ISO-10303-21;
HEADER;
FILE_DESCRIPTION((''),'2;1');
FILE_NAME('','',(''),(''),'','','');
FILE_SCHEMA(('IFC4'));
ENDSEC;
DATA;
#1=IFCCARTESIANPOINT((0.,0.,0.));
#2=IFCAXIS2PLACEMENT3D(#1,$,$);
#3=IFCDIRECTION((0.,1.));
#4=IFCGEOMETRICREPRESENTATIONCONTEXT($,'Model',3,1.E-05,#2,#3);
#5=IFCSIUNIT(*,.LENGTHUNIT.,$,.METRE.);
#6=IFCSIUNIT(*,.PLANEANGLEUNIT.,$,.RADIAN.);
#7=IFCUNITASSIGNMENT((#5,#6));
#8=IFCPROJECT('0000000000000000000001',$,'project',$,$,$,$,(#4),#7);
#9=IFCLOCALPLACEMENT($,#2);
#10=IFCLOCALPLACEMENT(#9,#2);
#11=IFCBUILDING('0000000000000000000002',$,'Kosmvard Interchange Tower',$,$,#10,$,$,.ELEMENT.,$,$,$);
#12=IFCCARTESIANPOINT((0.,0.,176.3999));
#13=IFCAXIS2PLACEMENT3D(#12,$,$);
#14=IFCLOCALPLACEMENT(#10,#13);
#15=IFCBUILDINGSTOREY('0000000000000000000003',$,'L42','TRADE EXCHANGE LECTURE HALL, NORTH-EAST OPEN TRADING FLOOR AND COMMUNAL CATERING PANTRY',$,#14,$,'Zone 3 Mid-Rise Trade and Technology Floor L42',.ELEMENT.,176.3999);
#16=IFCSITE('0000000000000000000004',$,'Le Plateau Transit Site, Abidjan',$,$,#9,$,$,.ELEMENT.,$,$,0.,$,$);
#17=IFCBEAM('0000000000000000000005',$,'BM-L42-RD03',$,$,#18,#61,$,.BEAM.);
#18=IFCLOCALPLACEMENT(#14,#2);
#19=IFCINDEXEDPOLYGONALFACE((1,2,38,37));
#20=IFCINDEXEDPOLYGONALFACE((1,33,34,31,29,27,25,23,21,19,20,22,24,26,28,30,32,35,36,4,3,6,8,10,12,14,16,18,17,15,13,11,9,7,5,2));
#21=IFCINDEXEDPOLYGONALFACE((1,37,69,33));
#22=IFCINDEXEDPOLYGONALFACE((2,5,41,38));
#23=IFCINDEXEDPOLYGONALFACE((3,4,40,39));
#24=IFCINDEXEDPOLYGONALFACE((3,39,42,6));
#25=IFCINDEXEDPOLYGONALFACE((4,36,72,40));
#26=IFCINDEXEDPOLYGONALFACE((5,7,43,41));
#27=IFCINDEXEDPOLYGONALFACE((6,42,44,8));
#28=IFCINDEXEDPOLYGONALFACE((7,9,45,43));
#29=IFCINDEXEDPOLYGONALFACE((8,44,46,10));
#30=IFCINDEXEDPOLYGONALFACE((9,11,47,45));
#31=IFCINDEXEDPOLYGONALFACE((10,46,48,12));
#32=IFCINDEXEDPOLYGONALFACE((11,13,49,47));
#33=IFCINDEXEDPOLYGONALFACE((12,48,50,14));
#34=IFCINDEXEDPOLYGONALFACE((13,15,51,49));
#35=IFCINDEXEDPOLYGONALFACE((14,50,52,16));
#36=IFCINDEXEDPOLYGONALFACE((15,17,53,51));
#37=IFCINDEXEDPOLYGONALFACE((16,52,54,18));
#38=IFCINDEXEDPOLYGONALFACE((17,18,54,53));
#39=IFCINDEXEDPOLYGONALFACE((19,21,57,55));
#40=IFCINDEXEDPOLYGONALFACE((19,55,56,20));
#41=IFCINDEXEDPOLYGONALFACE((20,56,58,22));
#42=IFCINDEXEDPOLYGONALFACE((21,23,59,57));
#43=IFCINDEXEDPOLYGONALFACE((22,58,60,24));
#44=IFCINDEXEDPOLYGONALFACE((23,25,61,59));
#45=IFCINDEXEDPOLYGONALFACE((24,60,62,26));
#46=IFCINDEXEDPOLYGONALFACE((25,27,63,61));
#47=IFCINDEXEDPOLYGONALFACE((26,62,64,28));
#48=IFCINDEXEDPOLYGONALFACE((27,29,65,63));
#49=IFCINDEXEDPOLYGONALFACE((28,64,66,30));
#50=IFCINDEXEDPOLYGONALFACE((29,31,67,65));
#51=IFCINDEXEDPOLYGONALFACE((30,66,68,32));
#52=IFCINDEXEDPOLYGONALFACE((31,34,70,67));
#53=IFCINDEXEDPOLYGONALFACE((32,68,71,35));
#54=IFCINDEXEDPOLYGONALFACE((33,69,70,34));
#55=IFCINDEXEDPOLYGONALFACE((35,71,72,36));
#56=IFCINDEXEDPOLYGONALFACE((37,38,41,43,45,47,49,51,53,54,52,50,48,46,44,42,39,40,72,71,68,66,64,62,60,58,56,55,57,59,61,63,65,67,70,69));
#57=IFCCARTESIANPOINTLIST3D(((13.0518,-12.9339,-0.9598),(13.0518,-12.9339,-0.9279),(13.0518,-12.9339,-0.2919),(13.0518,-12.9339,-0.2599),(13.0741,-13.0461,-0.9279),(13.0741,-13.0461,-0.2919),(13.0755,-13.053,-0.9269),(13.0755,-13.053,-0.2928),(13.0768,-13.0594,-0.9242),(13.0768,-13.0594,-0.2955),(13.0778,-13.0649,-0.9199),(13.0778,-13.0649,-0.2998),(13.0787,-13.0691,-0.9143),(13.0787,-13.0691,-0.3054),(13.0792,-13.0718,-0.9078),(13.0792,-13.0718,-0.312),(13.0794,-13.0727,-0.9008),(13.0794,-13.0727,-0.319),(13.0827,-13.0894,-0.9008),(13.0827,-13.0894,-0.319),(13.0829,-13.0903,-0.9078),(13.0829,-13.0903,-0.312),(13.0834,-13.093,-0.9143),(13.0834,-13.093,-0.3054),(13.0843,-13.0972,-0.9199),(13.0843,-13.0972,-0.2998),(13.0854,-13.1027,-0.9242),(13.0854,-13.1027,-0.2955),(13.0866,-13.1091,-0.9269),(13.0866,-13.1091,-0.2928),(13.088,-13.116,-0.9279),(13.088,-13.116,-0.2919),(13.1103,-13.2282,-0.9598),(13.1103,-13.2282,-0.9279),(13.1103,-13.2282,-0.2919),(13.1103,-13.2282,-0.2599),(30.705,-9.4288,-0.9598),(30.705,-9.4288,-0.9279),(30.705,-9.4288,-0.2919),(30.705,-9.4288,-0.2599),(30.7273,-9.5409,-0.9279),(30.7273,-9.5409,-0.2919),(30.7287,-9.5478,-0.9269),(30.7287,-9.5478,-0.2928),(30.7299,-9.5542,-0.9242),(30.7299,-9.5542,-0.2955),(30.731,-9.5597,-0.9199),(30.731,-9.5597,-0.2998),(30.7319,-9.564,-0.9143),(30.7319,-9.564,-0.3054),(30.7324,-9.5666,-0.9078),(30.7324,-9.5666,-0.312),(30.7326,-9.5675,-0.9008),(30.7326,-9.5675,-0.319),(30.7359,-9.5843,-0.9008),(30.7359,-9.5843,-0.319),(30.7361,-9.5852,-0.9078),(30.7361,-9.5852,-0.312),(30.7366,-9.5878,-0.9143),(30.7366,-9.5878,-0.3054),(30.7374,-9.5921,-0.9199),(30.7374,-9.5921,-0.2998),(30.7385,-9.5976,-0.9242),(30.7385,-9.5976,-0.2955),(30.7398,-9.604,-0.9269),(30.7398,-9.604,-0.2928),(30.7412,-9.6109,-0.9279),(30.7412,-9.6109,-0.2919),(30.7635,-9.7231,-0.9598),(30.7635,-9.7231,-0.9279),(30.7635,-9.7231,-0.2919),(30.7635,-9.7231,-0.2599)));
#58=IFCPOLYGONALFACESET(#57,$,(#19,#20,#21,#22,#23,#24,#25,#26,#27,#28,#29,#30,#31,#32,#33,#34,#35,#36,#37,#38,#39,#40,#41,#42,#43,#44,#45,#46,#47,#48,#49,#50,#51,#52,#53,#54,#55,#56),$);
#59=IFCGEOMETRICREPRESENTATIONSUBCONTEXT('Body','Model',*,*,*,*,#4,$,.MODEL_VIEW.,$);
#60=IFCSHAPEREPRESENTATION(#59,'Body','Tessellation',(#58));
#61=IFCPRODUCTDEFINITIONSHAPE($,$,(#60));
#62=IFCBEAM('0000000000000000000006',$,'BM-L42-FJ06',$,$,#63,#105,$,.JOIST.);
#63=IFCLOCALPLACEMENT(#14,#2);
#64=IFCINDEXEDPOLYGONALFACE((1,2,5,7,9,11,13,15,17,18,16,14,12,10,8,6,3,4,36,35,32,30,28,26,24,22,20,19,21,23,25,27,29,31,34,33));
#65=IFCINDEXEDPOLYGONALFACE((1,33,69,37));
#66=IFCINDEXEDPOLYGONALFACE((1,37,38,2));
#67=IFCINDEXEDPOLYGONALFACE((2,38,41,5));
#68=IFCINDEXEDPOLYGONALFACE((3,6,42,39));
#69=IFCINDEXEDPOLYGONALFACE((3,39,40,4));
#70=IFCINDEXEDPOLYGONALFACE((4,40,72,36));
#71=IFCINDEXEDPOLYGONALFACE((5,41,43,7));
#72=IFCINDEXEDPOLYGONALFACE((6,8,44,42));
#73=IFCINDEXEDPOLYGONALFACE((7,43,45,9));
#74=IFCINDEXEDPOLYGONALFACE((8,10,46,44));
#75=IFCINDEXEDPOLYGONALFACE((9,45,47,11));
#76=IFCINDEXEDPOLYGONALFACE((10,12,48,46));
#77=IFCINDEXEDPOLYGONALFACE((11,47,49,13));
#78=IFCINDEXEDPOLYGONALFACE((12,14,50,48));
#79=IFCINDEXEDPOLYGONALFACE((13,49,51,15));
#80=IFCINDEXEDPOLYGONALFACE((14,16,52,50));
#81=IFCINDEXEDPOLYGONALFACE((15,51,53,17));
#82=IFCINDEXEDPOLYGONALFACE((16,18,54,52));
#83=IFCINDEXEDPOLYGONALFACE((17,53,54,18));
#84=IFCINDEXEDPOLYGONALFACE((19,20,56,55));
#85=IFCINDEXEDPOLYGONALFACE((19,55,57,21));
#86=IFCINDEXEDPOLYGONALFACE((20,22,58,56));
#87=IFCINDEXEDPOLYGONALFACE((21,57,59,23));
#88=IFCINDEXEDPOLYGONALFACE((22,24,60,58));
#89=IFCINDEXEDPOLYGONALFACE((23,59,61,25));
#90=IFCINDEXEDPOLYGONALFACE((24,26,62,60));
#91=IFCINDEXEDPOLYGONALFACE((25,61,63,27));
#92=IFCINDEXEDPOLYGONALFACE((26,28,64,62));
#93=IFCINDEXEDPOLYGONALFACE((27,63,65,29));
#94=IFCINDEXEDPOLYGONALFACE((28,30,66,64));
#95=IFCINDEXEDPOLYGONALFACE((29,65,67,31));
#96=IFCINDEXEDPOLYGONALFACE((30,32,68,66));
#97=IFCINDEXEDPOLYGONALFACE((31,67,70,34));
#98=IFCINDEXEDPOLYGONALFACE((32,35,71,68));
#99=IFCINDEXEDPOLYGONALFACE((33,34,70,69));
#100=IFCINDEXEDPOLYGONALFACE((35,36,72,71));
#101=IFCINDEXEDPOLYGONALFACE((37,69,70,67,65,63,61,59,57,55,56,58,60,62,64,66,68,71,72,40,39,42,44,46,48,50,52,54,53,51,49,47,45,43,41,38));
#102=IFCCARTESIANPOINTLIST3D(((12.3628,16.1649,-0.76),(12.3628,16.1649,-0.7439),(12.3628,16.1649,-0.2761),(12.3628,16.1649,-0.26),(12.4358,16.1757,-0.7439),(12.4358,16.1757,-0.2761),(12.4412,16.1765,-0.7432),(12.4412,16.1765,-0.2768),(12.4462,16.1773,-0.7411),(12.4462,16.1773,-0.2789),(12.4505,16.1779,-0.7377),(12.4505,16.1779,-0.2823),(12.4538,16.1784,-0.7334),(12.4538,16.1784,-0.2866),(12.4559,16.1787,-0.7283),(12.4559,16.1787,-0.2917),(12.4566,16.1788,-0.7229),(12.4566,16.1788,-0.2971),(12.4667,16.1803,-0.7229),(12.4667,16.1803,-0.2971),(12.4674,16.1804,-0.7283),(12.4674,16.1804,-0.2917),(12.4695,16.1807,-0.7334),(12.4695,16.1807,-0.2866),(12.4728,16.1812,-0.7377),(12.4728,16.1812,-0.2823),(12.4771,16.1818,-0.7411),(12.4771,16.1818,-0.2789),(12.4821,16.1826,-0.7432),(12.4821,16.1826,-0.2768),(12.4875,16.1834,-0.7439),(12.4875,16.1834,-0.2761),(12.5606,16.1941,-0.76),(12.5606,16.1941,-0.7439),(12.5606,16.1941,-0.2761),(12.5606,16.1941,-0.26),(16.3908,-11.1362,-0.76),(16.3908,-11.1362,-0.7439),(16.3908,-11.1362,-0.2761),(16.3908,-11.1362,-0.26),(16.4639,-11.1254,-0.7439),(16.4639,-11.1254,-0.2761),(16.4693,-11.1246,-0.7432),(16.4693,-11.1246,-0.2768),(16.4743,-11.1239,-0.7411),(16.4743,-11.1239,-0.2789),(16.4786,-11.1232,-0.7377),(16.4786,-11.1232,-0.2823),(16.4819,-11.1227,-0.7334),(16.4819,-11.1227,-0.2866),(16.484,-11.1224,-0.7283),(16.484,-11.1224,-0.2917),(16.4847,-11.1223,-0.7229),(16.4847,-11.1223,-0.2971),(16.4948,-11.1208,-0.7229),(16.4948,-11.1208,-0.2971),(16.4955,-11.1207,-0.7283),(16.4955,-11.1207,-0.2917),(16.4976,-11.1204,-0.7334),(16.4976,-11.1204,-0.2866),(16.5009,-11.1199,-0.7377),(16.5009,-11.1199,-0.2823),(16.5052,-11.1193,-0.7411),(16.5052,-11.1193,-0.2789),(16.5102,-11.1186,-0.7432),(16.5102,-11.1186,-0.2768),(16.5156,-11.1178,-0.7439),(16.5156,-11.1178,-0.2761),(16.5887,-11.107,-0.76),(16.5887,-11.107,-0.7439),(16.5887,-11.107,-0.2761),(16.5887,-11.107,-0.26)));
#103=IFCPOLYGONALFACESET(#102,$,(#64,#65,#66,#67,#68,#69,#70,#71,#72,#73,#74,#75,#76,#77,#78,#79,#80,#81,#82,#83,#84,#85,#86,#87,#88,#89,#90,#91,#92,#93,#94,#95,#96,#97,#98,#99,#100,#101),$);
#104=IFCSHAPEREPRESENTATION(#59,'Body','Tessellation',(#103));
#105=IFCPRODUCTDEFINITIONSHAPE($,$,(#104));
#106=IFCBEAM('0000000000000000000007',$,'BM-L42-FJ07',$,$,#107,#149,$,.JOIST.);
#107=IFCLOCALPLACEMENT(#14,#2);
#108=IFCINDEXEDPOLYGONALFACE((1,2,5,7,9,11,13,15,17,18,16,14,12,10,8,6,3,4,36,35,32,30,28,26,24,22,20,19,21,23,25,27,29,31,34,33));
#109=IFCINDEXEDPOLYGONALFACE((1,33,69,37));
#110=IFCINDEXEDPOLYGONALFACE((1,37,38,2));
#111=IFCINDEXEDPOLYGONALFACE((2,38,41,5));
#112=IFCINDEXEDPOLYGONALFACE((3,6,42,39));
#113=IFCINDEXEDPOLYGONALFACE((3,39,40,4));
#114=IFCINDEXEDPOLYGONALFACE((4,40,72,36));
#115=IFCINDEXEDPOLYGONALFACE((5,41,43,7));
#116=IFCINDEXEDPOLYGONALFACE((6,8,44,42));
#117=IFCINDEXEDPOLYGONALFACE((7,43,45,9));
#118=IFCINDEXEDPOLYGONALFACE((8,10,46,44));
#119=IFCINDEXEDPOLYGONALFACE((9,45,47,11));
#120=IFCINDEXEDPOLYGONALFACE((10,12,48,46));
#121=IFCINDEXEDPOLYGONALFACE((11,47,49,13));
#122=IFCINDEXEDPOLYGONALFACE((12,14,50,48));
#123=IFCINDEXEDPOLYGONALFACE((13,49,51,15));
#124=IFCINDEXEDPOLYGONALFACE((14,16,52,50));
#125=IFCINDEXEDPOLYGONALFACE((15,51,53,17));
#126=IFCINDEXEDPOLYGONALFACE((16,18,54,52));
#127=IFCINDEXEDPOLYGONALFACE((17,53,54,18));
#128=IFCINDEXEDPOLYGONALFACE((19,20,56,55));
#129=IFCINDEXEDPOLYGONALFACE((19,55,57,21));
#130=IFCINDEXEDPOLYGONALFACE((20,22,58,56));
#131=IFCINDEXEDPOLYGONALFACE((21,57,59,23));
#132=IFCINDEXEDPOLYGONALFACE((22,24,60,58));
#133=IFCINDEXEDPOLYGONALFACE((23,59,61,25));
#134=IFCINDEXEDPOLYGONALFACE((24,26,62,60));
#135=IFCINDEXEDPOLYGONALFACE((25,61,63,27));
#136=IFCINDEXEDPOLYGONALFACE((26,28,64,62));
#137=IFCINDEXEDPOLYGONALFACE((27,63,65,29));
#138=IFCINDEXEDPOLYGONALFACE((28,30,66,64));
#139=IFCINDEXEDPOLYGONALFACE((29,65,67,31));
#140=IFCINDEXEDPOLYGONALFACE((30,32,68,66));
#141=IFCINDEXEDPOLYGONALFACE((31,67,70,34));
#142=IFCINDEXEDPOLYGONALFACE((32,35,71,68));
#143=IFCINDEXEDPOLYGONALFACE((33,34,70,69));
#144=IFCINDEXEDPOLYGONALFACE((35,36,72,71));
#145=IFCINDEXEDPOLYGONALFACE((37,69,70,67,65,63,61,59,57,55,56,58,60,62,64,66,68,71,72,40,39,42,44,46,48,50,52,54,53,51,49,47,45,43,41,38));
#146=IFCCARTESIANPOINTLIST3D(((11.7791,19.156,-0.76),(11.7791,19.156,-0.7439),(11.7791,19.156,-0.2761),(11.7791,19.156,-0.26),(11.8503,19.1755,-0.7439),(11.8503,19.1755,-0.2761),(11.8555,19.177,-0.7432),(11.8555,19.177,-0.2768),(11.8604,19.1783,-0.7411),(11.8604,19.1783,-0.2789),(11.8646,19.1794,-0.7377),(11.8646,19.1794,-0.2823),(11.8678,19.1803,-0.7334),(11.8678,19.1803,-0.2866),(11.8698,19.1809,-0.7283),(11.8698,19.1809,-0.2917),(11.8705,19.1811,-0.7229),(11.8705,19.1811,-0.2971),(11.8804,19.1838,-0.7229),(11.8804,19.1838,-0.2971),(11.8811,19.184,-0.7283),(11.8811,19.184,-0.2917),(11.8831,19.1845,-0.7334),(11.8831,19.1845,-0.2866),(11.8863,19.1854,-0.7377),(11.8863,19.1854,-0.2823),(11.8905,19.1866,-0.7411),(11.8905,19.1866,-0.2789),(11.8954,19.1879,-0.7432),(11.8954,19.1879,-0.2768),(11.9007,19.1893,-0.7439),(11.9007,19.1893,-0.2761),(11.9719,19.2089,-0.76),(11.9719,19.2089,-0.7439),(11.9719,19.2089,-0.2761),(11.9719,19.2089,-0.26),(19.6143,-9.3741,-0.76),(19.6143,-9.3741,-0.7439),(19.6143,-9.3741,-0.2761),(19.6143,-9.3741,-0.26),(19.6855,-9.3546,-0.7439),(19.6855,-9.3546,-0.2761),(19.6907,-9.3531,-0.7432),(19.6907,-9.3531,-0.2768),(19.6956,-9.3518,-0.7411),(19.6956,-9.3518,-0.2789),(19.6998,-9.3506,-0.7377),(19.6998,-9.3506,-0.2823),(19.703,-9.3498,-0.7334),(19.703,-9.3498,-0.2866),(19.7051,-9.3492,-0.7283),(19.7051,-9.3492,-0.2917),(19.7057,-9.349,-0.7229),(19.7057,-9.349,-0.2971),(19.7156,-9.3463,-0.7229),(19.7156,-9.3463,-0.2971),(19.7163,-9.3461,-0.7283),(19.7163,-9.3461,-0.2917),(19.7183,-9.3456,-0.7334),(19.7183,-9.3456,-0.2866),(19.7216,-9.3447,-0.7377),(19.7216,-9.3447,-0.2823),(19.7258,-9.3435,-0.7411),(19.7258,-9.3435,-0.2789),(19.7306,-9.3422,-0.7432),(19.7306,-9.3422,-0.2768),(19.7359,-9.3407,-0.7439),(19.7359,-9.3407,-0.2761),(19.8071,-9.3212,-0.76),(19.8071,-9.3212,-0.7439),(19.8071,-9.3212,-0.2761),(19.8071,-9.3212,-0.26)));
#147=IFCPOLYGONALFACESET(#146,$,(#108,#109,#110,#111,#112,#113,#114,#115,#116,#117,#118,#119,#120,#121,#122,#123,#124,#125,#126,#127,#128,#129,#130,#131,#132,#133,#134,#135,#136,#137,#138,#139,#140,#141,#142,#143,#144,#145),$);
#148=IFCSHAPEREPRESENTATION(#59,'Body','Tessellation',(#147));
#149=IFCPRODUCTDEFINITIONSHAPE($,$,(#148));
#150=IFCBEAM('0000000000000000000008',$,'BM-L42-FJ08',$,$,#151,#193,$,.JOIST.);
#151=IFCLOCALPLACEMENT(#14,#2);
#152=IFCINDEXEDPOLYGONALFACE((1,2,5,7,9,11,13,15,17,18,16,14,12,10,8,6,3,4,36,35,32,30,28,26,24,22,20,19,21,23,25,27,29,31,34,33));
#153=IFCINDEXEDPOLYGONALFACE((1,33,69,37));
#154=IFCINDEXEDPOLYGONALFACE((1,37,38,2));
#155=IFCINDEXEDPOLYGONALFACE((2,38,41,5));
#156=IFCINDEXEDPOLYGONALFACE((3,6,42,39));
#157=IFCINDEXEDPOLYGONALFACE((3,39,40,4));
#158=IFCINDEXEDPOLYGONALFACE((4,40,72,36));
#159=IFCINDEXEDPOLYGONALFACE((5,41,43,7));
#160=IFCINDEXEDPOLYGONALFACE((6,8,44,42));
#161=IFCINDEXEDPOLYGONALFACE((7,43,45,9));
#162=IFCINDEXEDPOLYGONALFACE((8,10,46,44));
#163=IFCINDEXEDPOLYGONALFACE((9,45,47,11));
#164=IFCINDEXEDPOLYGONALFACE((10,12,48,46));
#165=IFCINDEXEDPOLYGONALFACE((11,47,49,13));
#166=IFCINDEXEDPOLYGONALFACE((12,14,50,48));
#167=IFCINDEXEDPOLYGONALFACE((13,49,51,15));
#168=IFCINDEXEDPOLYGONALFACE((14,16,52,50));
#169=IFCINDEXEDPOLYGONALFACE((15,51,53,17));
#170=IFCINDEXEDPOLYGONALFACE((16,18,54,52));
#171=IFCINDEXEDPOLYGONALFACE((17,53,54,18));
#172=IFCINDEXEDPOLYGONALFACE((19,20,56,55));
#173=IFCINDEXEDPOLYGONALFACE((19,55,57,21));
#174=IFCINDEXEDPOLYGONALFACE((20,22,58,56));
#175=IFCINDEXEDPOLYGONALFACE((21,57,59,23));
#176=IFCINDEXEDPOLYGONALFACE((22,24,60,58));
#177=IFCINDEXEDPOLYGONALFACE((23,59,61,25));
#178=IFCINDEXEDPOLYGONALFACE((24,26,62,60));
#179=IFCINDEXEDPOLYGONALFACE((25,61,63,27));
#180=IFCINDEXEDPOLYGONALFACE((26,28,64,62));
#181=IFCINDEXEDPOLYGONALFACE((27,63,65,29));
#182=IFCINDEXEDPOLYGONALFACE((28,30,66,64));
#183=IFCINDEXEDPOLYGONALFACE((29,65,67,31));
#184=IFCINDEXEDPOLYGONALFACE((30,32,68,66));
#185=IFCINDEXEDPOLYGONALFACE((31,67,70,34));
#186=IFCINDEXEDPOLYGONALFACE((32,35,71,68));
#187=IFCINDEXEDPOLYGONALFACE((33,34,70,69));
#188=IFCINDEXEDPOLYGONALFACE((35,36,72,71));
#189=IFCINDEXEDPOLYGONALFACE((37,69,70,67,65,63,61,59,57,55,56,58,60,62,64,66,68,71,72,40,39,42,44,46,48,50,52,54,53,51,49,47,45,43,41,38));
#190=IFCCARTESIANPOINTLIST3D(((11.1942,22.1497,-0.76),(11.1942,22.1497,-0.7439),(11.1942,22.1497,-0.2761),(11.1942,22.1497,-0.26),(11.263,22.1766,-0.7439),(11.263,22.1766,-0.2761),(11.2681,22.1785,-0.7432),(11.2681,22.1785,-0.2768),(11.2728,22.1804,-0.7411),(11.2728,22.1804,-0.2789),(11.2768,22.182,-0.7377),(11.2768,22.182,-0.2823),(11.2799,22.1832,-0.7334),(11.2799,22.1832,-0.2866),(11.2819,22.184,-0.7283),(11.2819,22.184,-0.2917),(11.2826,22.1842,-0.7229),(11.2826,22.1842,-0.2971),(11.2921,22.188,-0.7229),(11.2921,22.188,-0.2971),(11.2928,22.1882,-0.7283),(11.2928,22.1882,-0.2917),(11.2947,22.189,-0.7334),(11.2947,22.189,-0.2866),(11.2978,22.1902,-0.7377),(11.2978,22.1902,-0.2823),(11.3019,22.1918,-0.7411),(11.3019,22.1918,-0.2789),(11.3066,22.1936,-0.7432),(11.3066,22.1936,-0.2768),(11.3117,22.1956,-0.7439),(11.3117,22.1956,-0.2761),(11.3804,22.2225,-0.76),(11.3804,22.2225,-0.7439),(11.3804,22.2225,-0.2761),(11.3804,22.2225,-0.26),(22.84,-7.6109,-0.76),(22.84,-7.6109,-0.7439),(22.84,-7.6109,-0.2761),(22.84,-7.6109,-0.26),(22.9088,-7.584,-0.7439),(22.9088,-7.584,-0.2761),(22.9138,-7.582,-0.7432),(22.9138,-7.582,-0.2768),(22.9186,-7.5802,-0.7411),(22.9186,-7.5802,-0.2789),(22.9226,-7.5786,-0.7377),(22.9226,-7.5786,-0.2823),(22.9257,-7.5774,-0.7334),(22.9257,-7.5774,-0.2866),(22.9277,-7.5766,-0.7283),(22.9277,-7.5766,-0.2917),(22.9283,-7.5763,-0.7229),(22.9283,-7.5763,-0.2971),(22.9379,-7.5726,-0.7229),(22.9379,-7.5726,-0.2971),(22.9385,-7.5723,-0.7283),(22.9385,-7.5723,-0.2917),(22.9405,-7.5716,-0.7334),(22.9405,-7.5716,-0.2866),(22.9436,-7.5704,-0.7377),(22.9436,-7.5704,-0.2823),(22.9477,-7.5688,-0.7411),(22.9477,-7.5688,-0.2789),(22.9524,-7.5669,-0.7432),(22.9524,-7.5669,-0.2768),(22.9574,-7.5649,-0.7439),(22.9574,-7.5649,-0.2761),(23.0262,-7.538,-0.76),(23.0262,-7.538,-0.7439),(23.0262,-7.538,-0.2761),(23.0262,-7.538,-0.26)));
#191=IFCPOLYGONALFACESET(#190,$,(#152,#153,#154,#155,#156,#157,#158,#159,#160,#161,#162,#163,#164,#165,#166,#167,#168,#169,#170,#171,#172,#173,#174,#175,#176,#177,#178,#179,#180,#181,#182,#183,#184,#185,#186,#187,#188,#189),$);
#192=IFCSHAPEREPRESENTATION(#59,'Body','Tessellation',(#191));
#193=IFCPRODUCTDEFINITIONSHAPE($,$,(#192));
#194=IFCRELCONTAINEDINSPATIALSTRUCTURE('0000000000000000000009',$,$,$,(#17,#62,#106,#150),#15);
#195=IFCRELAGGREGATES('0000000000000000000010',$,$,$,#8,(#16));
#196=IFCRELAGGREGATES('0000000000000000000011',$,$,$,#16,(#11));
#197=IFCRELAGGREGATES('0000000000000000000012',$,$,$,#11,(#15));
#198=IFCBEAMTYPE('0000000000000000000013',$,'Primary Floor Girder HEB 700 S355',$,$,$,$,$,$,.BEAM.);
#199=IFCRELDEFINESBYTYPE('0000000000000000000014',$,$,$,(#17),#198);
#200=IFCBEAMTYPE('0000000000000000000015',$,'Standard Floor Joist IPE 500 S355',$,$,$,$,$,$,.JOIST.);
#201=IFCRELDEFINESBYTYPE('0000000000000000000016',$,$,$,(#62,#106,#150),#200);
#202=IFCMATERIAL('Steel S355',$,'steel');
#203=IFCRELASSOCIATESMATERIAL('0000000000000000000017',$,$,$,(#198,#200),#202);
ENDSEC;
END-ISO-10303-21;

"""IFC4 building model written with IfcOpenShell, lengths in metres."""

from ifc_helpers import new_model, si_unit, direction, frame, origin, origin_2d, place, context, subcontext, project, spatial, i_section, extrude, source, transform, mapped, material, material_profile, profile_set, type_object, element, save


model = new_model("IFC4")

# Units and contexts
model_context = context("Model", 3, precision=1e-05, world=origin(), true_north=direction((0.0, 1.0)))
body_context = subcontext(model_context, "Body", "Model", "MODEL_VIEW")
ifc_project = project(units=[si_unit("LENGTHUNIT", "METRE"), si_unit("PLANEANGLEUNIT", "RADIAN")], contexts=[model_context])

# Site, building, storey
site_placement = place(None, origin())
site = spatial("IfcSite", under=ifc_project, at=site_placement, Name="Le Plateau Transit Site, Abidjan", CompositionType="ELEMENT", RefElevation=0.0)
building_placement = place(site_placement, origin())
building = spatial("IfcBuilding", under=site, at=building_placement, Name="Kosmvard Interchange Tower", CompositionType="ELEMENT")
storey_placement = place(building_placement, frame((0.0, 0.0, 176.3999)))
storey = spatial("IfcBuildingStorey", under=building, at=storey_placement, Name="L42", Description="TRADE EXCHANGE LECTURE HALL, NORTH-EAST OPEN TRADING FLOOR AND COMMUNAL CATERING PANTRY", LongName="Zone 3 Mid-Rise Trade and Technology Floor L42", CompositionType="ELEMENT", Elevation=176.3999)

# Beams
ifc_material_1 = material(Name="Steel S355", Category="steel")
ifc_material_profile_1 = material_profile(ifc_material_1, i_section(OverallWidth=0.3, OverallDepth=0.7, WebThickness=0.0171, FlangeThickness=0.032, FilletRadius=0.0271, at=origin_2d()), Name="HEB 700")
ifc_profile_set_1 = profile_set([ifc_material_profile_1], Name="Steel S355")
beam_type_1 = type_object("IfcBeamType", Name="Primary Floor Girder HEB 700 S355", PredefinedType="BEAM", material=ifc_profile_set_1)
shared_shape_1 = source(origin(), body_context, "Body", "SweptSolid", [
    extrude(i_section(OverallWidth=0.3, OverallDepth=0.7, WebThickness=0.0171, FlangeThickness=0.032, FilletRadius=0.0271, at=origin_2d()), origin(), (0.0, 0.0, 1.0), 17.9978),
])
beam_1_placement = place(storey_placement, frame((13.0811, -13.0811, -0.6099), z_axis=(0.980852, 0.194754, 0.0), x_axis=(-0.194754, 0.980852, 0.0)))
element("IfcBeam", 1, at=beam_1_placement, inside=storey, type_object=beam_type_1, Name="BM-L42-RD03", PredefinedType="BEAM", context=body_context, shape_type="MappedRepresentation", body=[
    mapped(shared_shape_1, transform((0.0, 0.0, 0.0), scale=1.0)),
])
ifc_material_profile_2 = material_profile(ifc_material_1, i_section(OverallWidth=0.2, OverallDepth=0.5, WebThickness=0.0103, FlangeThickness=0.0161, FilletRadius=0.021, at=origin_2d()), Name="IPE 500")
ifc_profile_set_2 = profile_set([ifc_material_profile_2], Name="Steel S355")
beam_type_2 = type_object("IfcBeamType", Name="Standard Floor Joist IPE 500 S355", PredefinedType="JOIST", material=ifc_profile_set_2)
shared_shape_2 = source(origin(), body_context, "Body", "SweptSolid", [
    extrude(i_section(OverallWidth=0.2, OverallDepth=0.5, WebThickness=0.0103, FlangeThickness=0.0161, FilletRadius=0.021, at=origin_2d()), origin(), (0.0, 0.0, 1.0), 27.5967),
])
beam_2_placement = place(storey_placement, frame((16.4897, -11.1216, -0.51), z_axis=(-0.145963, 0.98929, 0.0), x_axis=(-0.98929, -0.145963, 0.0)))
element("IfcBeam", 2, at=beam_2_placement, inside=storey, type_object=beam_type_2, Name="BM-L42-FJ06", PredefinedType="JOIST", context=body_context, shape_type="MappedRepresentation", body=[
    mapped(shared_shape_2, transform((0.0, 0.0, 0.0), scale=1.0)),
])
shared_shape_3 = source(origin(), body_context, "Body", "SweptSolid", [
    extrude(i_section(OverallWidth=0.2, OverallDepth=0.5, WebThickness=0.0103, FlangeThickness=0.0161, FilletRadius=0.021, at=origin_2d()), origin(), (0.0, 0.0, 1.0), 29.5864),
])
beam_3_placement = place(storey_placement, frame((19.7107, -9.3477, -0.51), z_axis=(-0.264825, 0.964297, 0.0), x_axis=(-0.964297, -0.264825, 0.0)))
element("IfcBeam", 3, at=beam_3_placement, inside=storey, type_object=beam_type_2, Name="BM-L42-FJ07", PredefinedType="JOIST", context=body_context, shape_type="MappedRepresentation", body=[
    mapped(shared_shape_3, transform((0.0, 0.0, 0.0), scale=1.0)),
])
shared_shape_4 = source(origin(), body_context, "Body", "SweptSolid", [
    extrude(i_section(OverallWidth=0.2, OverallDepth=0.5, WebThickness=0.0103, FlangeThickness=0.0161, FilletRadius=0.021, at=origin_2d()), origin(), (0.0, 0.0, 1.0), 31.958),
])
beam_4_placement = place(storey_placement, frame((22.9331, -7.5745, -0.51), z_axis=(-0.364409, 0.931239, 0.0), x_axis=(-0.931239, -0.364409, 0.0)))
element("IfcBeam", 4, at=beam_4_placement, inside=storey, type_object=beam_type_2, Name="BM-L42-FJ08", PredefinedType="JOIST", context=body_context, shape_type="MappedRepresentation", body=[
    mapped(shared_shape_4, transform((0.0, 0.0, 0.0), scale=1.0)),
])

save(model, "model.ifc")
